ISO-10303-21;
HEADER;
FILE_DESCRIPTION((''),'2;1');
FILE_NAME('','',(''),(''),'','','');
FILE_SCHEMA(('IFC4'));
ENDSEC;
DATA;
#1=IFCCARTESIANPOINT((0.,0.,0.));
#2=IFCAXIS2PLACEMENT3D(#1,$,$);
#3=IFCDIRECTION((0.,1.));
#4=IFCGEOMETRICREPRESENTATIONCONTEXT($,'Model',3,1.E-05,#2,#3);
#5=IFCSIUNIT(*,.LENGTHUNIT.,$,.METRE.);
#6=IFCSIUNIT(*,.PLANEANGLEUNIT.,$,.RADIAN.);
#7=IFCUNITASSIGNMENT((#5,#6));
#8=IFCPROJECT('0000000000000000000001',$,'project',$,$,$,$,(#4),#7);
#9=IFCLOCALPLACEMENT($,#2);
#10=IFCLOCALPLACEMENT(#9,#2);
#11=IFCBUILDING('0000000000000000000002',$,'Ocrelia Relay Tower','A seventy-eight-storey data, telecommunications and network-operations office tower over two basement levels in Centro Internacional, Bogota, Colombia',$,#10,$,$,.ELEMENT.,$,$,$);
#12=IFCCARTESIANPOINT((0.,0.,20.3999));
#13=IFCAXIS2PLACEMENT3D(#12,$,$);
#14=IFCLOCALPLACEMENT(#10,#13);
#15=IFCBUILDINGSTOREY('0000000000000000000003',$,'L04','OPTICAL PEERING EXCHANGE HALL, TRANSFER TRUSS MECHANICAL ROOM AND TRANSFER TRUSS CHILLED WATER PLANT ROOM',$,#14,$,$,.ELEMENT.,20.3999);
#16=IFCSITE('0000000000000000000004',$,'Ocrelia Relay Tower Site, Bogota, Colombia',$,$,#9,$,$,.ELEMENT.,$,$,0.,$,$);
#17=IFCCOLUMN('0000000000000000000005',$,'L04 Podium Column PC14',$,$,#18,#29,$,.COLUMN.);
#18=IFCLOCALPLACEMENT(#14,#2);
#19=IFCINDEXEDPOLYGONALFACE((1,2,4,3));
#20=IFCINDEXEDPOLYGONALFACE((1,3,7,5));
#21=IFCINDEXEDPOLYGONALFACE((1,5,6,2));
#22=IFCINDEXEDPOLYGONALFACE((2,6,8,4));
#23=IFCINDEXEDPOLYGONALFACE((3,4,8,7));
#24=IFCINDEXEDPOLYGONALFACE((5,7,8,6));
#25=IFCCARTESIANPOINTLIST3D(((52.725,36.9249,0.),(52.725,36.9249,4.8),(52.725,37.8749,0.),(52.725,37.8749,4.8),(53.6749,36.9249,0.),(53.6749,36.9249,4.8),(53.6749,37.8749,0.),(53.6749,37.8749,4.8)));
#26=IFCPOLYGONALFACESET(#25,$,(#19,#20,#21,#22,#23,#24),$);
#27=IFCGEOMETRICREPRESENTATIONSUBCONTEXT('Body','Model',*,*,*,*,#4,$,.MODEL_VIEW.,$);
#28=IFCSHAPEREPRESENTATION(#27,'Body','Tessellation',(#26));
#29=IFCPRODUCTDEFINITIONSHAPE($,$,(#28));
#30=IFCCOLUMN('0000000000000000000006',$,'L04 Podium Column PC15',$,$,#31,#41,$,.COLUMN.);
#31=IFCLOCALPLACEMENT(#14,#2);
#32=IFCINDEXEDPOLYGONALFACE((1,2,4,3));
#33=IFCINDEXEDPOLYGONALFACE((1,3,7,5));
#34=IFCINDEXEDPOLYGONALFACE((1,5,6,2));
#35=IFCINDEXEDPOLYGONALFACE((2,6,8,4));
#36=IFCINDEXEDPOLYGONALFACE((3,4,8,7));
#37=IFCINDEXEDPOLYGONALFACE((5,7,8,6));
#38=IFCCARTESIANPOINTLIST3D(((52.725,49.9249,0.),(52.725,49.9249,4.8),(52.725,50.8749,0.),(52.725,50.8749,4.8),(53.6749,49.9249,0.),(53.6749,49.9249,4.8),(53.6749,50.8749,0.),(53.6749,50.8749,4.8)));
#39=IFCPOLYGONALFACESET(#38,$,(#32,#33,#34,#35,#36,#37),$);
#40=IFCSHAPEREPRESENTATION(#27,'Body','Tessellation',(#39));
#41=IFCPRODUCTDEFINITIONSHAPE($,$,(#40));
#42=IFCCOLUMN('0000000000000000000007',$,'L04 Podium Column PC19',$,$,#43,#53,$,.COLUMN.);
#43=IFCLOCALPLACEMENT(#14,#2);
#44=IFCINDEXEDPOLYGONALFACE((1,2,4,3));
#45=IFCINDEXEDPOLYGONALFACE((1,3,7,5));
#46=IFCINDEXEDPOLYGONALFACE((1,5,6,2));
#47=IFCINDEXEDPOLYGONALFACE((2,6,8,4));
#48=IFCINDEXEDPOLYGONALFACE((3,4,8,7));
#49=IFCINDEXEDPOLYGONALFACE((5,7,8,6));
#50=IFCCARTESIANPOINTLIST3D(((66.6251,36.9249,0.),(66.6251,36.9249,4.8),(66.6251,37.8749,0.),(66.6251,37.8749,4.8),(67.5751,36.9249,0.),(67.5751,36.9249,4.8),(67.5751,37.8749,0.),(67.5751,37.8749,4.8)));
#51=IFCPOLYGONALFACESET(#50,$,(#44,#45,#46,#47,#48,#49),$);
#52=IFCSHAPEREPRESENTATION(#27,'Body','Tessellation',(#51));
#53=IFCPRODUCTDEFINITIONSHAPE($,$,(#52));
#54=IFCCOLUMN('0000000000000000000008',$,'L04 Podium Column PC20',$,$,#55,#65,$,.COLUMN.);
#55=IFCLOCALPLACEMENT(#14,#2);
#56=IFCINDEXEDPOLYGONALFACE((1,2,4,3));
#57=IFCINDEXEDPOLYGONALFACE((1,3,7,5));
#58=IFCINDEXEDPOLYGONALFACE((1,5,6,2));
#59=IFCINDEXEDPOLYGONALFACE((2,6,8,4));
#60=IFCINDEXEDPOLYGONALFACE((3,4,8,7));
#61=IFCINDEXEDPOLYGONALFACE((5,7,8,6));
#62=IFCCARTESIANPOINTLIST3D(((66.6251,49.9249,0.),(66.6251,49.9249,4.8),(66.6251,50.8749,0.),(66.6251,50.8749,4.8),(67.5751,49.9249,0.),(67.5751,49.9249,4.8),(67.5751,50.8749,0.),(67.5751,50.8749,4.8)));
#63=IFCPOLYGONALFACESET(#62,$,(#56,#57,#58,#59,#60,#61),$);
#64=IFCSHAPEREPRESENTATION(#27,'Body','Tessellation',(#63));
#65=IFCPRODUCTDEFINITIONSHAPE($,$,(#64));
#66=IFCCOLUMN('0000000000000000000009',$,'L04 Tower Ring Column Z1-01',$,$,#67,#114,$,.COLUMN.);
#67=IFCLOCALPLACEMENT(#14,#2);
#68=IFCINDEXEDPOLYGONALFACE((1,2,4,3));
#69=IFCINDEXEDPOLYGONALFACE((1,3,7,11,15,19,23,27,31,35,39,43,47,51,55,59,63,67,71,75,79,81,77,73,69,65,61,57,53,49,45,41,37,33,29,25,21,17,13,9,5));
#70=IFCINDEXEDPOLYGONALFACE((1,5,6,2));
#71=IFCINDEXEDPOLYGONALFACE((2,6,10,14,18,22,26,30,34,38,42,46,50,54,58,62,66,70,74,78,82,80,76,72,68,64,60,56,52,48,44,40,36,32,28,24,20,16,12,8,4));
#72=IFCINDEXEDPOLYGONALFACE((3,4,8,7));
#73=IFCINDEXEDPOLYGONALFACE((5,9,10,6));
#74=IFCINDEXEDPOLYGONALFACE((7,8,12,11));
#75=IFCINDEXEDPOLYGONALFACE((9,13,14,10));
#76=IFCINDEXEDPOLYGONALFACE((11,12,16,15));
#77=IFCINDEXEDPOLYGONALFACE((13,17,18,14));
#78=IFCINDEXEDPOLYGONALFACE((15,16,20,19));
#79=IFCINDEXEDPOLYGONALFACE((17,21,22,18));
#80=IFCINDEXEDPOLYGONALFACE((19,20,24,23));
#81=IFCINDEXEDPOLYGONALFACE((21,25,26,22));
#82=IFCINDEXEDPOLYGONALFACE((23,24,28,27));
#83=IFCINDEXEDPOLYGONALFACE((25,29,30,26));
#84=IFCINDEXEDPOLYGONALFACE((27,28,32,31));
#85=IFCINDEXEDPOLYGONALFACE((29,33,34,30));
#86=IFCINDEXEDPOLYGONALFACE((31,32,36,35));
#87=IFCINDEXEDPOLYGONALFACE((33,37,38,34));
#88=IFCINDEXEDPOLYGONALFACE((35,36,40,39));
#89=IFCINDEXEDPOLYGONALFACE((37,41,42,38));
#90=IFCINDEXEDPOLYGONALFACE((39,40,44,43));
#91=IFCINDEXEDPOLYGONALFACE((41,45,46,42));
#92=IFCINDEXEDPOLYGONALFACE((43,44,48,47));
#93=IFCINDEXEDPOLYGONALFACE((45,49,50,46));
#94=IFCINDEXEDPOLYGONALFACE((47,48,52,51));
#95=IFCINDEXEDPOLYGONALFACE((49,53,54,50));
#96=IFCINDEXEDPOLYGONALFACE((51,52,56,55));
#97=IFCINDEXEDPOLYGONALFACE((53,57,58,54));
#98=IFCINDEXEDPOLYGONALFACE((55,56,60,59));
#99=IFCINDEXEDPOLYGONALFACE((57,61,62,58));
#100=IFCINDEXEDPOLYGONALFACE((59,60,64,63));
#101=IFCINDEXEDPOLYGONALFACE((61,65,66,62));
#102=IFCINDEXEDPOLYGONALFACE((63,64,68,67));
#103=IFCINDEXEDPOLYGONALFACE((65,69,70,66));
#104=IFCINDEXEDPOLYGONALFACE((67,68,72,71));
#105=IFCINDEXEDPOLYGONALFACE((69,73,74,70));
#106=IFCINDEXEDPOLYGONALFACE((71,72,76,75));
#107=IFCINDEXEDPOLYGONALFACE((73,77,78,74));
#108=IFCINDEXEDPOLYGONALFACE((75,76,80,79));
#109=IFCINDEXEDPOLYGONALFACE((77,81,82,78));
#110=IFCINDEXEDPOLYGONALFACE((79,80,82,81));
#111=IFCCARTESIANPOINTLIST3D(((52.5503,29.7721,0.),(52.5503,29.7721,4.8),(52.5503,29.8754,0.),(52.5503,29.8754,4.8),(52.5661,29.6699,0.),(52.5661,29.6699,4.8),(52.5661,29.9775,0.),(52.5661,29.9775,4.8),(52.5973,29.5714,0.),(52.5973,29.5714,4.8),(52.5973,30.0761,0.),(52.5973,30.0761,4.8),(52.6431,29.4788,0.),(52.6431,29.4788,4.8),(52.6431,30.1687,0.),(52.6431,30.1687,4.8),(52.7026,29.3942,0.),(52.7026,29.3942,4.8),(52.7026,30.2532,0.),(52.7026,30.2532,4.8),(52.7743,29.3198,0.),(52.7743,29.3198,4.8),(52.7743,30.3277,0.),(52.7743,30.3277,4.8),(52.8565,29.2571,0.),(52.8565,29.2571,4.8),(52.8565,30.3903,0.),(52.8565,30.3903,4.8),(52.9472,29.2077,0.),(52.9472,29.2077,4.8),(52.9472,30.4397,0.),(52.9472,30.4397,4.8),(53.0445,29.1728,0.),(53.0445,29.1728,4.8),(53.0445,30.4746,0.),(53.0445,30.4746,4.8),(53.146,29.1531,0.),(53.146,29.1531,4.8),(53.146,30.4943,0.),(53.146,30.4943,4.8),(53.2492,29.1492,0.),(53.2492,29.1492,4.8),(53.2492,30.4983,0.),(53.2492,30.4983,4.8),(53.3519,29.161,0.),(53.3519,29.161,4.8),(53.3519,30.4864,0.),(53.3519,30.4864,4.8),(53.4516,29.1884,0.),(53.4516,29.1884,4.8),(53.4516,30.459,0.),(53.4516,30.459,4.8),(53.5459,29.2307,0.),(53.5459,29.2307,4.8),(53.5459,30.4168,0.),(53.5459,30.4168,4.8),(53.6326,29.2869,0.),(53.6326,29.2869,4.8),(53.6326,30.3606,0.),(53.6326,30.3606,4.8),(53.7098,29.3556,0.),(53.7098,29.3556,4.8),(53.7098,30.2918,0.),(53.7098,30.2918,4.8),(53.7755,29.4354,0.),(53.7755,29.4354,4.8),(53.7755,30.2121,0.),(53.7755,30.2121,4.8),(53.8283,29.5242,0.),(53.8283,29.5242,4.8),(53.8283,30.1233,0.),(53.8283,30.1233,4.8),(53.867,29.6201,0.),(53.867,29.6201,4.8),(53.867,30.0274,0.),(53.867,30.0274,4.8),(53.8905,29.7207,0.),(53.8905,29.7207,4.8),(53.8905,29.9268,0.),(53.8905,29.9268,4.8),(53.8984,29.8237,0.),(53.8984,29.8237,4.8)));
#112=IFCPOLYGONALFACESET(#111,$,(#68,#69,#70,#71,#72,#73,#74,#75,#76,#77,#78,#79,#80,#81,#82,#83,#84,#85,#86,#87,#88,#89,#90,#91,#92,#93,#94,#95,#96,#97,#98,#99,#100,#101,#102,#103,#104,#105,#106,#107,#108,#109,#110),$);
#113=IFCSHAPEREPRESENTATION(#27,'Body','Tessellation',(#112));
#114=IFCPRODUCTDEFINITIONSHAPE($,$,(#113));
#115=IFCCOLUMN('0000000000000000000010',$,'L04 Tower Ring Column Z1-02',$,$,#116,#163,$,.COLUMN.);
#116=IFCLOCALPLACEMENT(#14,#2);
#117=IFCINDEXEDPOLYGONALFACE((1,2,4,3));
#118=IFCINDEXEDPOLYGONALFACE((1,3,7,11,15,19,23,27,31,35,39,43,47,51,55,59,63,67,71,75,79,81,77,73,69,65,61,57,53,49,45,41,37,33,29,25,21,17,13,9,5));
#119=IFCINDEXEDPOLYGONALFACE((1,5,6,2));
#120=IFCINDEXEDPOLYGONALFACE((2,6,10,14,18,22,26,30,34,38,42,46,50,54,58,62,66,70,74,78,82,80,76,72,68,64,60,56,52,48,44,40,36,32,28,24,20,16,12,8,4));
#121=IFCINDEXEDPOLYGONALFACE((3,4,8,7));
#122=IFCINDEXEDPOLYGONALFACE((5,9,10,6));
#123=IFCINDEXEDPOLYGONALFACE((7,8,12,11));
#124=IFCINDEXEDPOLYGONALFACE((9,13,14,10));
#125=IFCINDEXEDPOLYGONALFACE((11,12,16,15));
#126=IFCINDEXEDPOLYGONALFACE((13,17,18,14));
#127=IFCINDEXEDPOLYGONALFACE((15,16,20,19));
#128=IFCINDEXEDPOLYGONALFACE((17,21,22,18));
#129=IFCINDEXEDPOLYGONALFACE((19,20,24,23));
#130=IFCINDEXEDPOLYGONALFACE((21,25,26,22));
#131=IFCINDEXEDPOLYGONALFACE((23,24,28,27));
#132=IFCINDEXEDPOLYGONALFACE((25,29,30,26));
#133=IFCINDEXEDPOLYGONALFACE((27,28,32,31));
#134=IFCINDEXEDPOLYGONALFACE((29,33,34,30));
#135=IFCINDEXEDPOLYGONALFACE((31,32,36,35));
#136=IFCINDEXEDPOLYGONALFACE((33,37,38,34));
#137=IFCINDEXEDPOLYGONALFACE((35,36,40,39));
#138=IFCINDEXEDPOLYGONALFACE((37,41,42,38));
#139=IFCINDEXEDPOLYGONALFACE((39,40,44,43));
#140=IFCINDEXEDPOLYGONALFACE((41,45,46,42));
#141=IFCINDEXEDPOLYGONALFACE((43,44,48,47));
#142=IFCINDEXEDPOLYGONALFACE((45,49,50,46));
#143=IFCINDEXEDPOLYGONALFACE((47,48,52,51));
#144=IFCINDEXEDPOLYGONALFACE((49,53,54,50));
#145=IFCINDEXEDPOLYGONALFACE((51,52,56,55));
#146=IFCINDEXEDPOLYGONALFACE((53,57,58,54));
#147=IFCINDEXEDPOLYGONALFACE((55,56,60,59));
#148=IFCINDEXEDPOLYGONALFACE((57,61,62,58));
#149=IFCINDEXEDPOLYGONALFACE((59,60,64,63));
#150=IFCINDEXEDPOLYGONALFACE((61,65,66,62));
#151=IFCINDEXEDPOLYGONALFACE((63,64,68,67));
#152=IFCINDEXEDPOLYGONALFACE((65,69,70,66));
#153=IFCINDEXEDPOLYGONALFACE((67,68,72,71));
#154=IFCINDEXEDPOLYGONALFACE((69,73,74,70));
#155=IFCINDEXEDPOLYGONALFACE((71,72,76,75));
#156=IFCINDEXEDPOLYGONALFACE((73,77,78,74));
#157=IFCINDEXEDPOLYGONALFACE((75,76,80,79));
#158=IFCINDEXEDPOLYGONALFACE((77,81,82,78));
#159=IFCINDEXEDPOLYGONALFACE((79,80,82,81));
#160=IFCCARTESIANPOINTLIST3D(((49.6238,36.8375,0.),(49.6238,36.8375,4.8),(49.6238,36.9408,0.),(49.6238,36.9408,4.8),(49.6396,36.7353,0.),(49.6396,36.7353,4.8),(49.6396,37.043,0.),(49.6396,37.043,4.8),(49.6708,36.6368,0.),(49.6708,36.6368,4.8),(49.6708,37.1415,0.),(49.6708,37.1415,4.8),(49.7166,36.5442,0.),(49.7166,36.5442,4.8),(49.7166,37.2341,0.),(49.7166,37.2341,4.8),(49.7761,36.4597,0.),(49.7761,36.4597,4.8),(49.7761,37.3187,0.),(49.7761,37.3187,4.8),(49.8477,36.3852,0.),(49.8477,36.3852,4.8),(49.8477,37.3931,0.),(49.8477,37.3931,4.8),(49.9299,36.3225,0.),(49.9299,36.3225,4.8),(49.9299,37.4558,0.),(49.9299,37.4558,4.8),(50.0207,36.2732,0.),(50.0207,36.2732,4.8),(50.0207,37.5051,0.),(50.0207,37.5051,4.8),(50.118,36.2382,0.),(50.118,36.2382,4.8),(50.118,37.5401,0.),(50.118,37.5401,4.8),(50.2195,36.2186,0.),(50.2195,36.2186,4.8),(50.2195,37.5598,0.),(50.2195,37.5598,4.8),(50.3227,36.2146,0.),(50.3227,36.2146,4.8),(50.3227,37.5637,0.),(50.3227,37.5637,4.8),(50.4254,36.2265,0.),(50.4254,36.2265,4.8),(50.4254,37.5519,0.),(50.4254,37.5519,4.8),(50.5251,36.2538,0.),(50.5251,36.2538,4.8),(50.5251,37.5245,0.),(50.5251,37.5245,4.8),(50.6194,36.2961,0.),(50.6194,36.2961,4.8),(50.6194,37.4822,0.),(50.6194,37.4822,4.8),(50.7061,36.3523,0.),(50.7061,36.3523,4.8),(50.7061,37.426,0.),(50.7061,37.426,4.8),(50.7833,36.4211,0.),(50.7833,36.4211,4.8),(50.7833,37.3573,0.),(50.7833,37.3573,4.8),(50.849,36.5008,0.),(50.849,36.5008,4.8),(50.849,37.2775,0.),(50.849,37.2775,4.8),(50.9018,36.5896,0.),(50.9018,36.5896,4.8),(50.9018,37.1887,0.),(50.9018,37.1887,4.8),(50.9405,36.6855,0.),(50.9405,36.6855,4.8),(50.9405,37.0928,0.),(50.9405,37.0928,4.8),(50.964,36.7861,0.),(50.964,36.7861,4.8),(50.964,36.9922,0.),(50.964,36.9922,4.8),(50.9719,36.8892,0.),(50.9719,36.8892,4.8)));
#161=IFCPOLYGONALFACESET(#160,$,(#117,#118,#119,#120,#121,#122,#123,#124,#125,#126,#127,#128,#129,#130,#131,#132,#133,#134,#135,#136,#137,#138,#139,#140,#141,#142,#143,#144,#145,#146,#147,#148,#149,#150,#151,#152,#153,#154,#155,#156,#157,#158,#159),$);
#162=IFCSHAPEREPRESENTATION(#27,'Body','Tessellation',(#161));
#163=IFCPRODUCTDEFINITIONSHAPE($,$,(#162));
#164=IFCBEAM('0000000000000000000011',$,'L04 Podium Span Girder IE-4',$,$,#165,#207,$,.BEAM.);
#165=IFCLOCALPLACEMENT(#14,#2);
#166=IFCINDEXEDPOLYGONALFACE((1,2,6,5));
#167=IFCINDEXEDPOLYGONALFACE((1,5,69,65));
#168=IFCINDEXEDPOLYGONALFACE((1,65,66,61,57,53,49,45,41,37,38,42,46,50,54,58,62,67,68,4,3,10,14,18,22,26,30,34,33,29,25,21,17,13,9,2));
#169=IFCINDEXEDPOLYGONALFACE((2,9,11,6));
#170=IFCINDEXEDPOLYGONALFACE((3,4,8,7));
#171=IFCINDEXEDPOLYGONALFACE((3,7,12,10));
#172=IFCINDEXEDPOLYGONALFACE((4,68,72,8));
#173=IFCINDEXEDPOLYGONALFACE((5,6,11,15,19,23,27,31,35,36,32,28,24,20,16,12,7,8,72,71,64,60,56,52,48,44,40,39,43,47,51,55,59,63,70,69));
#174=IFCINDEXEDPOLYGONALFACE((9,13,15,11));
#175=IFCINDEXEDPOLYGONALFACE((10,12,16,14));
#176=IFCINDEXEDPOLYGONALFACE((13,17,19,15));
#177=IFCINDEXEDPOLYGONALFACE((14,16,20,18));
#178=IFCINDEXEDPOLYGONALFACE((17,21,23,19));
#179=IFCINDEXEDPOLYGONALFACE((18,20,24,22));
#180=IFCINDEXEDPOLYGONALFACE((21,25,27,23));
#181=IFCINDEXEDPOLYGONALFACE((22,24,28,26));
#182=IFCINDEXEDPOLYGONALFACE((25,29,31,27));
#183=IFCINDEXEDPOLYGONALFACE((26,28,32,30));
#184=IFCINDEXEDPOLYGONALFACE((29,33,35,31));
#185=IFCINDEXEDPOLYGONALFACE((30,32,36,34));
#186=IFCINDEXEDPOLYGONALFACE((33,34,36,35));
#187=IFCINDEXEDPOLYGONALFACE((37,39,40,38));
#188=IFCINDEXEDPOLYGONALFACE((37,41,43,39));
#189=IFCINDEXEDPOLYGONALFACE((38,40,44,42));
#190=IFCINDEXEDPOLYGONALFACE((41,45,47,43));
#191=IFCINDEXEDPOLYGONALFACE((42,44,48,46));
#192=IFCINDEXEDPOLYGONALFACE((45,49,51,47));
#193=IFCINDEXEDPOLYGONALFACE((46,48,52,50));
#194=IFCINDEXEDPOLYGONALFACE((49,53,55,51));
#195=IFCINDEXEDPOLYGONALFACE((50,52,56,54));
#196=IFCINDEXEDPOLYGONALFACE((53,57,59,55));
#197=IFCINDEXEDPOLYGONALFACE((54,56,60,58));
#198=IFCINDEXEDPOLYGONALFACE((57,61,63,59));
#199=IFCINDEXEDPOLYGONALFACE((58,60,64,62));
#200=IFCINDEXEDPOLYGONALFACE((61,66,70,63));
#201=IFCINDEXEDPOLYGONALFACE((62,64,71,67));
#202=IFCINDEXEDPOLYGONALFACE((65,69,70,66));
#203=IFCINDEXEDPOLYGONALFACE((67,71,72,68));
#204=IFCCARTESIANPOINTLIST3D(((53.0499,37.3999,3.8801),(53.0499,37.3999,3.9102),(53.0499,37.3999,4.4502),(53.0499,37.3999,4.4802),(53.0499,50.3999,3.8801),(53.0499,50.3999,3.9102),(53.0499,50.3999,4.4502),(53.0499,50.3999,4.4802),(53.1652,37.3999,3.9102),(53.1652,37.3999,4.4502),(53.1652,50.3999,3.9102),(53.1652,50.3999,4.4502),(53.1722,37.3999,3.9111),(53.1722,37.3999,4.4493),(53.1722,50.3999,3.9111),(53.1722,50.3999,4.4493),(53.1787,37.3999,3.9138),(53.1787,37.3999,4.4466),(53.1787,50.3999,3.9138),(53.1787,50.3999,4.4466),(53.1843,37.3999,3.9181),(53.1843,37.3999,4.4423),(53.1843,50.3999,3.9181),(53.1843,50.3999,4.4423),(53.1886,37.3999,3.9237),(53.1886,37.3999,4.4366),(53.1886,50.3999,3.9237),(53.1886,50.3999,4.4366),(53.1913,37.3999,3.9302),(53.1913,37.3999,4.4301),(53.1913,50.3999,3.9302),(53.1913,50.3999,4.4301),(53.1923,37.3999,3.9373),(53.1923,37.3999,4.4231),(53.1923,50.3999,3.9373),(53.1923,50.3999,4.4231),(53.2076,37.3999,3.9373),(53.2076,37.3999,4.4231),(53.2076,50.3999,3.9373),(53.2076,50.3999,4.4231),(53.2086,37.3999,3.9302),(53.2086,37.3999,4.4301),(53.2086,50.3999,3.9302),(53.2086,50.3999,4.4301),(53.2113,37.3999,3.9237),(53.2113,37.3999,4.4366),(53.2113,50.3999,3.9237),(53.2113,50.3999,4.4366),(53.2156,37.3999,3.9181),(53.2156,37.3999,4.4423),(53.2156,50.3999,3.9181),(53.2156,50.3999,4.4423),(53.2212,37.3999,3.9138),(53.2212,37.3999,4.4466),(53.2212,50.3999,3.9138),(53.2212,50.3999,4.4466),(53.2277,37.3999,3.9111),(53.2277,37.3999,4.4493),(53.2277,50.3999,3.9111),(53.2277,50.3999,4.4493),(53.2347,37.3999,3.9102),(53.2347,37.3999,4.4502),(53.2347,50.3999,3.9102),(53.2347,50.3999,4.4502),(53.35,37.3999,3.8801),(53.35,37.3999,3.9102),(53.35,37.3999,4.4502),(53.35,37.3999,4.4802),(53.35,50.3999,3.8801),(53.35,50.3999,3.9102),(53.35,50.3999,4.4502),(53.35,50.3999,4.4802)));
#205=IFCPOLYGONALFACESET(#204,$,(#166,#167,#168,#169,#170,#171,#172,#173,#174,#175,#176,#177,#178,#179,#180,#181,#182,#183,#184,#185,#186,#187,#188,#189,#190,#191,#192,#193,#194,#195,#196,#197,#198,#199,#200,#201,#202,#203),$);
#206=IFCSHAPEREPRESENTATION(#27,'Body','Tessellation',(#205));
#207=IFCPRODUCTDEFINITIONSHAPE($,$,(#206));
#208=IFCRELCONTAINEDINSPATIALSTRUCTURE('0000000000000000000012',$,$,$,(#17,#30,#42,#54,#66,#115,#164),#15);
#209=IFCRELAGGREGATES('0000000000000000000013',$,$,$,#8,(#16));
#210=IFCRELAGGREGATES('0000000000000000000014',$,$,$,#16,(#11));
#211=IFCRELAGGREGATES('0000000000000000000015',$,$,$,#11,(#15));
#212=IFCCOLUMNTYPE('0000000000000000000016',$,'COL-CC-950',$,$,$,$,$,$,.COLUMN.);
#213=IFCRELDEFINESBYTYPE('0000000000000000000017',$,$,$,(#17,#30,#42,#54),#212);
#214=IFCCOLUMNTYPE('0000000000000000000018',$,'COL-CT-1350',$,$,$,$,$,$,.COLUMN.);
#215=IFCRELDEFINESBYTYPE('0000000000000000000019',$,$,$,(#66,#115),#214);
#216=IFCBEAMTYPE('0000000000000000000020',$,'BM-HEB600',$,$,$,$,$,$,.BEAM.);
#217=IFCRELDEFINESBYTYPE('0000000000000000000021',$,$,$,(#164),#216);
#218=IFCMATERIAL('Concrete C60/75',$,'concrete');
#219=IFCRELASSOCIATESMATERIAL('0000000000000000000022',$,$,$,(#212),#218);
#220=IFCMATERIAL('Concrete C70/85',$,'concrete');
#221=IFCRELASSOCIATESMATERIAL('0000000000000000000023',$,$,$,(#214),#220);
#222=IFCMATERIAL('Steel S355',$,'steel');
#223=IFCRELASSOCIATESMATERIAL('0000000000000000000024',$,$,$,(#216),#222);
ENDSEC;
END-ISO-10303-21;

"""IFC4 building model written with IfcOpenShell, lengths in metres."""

from ifc_helpers import new_model, si_unit, direction, frame, origin, origin_2d, place, context, subcontext, project, spatial, rectangle, circle, i_section, extrude, material, material_profile, profile_set, type_object, element, save


model = new_model("IFC4")

# Units and contexts
model_context = context("Model", 3, precision=1e-05, world=origin(), true_north=direction((0.0, 1.0)))
body_context = subcontext(model_context, "Body", "Model", "MODEL_VIEW")
ifc_project = project(units=[si_unit("LENGTHUNIT", "METRE"), si_unit("PLANEANGLEUNIT", "RADIAN")], contexts=[model_context])

# Site, building, storey
site_placement = place(None, origin())
site = spatial("IfcSite", under=ifc_project, at=site_placement, Name="Ocrelia Relay Tower Site, Bogota, Colombia", CompositionType="ELEMENT", RefElevation=0.0)
building_placement = place(site_placement, origin())
building = spatial("IfcBuilding", under=site, at=building_placement, Name="Ocrelia Relay Tower", Description="A seventy-eight-storey data, telecommunications and network-operations office tower over two basement levels in Centro Internacional, Bogota, Colombia", CompositionType="ELEMENT")
storey_placement = place(building_placement, frame((0.0, 0.0, 20.3999)))
storey = spatial("IfcBuildingStorey", under=building, at=storey_placement, Name="L04", Description="OPTICAL PEERING EXCHANGE HALL, TRANSFER TRUSS MECHANICAL ROOM AND TRANSFER TRUSS CHILLED WATER PLANT ROOM", CompositionType="ELEMENT", Elevation=20.3999)

# Columns
ifc_material_1 = material(Name="Concrete C60/75", Category="concrete")
ifc_material_profile_1 = material_profile(ifc_material_1, rectangle(XDim=0.95, YDim=0.95, at=origin_2d()), Name="RC-COL-950x950")
ifc_profile_set_1 = profile_set([ifc_material_profile_1], Name="Concrete C60/75")
column_type_1 = type_object("IfcColumnType", Name="COL-CC-950", PredefinedType="COLUMN", material=ifc_profile_set_1)
for number, where, z_axis, x_axis, name in (
    (1, (53.2, 37.3999, 0.0), (0.0, 0.0, 1.0), (1.0, 0.0, 0.0), "L04 Podium Column PC14"),
    (2, (53.2, 50.3999, 0.0), (0.0, 0.0, 1.0), (1.0, 0.0, 0.0), "L04 Podium Column PC15"),
    (3, (67.1001, 37.3999, 0.0), (0.0, 0.0, 1.0), (1.0, 0.0, 0.0), "L04 Podium Column PC19"),
    (4, (67.1001, 50.3999, 0.0), (0.0, 0.0, 1.0), (1.0, 0.0, 0.0), "L04 Podium Column PC20"),
):
    element("IfcColumn", number, at=place(storey_placement, frame(where, z_axis=z_axis, x_axis=x_axis)), inside=storey, type_object=column_type_1, Name=name, PredefinedType="COLUMN", context=body_context, shape_type="SweptSolid", body=[
        extrude(rectangle(XDim=0.95, YDim=0.95, at=origin_2d()), origin(), (0.0, 0.0, 1.0), 4.8),
    ])
ifc_material_2 = material(Name="Concrete C70/85", Category="concrete")
ifc_material_profile_2 = material_profile(ifc_material_2, circle(Radius=0.675, at=origin_2d()), Name="RC-CIR-1350")
ifc_profile_set_2 = profile_set([ifc_material_profile_2], Name="Concrete C70/85")
column_type_2 = type_object("IfcColumnType", Name="COL-CT-1350", PredefinedType="COLUMN", material=ifc_profile_set_2)
for number, where, z_axis, x_axis, name in (
    (5, (53.2234, 29.8237, 0.0), (0.0, 0.0, 1.0), (1.0, 0.0, 0.0), "L04 Tower Ring Column Z1-01"),
    (6, (50.2969, 36.8892, 0.0), (0.0, 0.0, 1.0), (1.0, 0.0, 0.0), "L04 Tower Ring Column Z1-02"),
):
    element("IfcColumn", number, at=place(storey_placement, frame(where, z_axis=z_axis, x_axis=x_axis)), inside=storey, type_object=column_type_2, Name=name, PredefinedType="COLUMN", context=body_context, shape_type="SweptSolid", body=[
        extrude(circle(Radius=0.675, at=origin_2d()), origin(), (0.0, 0.0, 1.0), 4.8),
    ])

# Beam
ifc_material_3 = material(Name="Steel S355", Category="steel")
ifc_material_profile_3 = material_profile(ifc_material_3, i_section(OverallWidth=0.3, OverallDepth=0.6001, WebThickness=0.0154, FlangeThickness=0.03, FilletRadius=0.0271, at=origin_2d()), Name="HEB 600")
ifc_profile_set_3 = profile_set([ifc_material_profile_3], Name="Steel S355")
beam_type_1 = type_object("IfcBeamType", Name="BM-HEB600", PredefinedType="BEAM", material=ifc_profile_set_3)
for number, where, z_axis, x_axis, name in (
    (7, (53.2, 37.3999, 4.1802), (0.0, 1.0, 0.0), (-1.0, 0.0, 0.0), "L04 Podium Span Girder IE-4"),
):
    element("IfcBeam", number, at=place(storey_placement, frame(where, z_axis=z_axis, x_axis=x_axis)), inside=storey, type_object=beam_type_1, Name=name, PredefinedType="BEAM", context=body_context, shape_type="SweptSolid", body=[
        extrude(i_section(OverallWidth=0.3, OverallDepth=0.6001, WebThickness=0.0154, FlangeThickness=0.03, FilletRadius=0.0271, at=origin_2d()), origin(), (0.0, 0.0, 1.0), 13.0),
    ])

save(model, "model.ifc")
